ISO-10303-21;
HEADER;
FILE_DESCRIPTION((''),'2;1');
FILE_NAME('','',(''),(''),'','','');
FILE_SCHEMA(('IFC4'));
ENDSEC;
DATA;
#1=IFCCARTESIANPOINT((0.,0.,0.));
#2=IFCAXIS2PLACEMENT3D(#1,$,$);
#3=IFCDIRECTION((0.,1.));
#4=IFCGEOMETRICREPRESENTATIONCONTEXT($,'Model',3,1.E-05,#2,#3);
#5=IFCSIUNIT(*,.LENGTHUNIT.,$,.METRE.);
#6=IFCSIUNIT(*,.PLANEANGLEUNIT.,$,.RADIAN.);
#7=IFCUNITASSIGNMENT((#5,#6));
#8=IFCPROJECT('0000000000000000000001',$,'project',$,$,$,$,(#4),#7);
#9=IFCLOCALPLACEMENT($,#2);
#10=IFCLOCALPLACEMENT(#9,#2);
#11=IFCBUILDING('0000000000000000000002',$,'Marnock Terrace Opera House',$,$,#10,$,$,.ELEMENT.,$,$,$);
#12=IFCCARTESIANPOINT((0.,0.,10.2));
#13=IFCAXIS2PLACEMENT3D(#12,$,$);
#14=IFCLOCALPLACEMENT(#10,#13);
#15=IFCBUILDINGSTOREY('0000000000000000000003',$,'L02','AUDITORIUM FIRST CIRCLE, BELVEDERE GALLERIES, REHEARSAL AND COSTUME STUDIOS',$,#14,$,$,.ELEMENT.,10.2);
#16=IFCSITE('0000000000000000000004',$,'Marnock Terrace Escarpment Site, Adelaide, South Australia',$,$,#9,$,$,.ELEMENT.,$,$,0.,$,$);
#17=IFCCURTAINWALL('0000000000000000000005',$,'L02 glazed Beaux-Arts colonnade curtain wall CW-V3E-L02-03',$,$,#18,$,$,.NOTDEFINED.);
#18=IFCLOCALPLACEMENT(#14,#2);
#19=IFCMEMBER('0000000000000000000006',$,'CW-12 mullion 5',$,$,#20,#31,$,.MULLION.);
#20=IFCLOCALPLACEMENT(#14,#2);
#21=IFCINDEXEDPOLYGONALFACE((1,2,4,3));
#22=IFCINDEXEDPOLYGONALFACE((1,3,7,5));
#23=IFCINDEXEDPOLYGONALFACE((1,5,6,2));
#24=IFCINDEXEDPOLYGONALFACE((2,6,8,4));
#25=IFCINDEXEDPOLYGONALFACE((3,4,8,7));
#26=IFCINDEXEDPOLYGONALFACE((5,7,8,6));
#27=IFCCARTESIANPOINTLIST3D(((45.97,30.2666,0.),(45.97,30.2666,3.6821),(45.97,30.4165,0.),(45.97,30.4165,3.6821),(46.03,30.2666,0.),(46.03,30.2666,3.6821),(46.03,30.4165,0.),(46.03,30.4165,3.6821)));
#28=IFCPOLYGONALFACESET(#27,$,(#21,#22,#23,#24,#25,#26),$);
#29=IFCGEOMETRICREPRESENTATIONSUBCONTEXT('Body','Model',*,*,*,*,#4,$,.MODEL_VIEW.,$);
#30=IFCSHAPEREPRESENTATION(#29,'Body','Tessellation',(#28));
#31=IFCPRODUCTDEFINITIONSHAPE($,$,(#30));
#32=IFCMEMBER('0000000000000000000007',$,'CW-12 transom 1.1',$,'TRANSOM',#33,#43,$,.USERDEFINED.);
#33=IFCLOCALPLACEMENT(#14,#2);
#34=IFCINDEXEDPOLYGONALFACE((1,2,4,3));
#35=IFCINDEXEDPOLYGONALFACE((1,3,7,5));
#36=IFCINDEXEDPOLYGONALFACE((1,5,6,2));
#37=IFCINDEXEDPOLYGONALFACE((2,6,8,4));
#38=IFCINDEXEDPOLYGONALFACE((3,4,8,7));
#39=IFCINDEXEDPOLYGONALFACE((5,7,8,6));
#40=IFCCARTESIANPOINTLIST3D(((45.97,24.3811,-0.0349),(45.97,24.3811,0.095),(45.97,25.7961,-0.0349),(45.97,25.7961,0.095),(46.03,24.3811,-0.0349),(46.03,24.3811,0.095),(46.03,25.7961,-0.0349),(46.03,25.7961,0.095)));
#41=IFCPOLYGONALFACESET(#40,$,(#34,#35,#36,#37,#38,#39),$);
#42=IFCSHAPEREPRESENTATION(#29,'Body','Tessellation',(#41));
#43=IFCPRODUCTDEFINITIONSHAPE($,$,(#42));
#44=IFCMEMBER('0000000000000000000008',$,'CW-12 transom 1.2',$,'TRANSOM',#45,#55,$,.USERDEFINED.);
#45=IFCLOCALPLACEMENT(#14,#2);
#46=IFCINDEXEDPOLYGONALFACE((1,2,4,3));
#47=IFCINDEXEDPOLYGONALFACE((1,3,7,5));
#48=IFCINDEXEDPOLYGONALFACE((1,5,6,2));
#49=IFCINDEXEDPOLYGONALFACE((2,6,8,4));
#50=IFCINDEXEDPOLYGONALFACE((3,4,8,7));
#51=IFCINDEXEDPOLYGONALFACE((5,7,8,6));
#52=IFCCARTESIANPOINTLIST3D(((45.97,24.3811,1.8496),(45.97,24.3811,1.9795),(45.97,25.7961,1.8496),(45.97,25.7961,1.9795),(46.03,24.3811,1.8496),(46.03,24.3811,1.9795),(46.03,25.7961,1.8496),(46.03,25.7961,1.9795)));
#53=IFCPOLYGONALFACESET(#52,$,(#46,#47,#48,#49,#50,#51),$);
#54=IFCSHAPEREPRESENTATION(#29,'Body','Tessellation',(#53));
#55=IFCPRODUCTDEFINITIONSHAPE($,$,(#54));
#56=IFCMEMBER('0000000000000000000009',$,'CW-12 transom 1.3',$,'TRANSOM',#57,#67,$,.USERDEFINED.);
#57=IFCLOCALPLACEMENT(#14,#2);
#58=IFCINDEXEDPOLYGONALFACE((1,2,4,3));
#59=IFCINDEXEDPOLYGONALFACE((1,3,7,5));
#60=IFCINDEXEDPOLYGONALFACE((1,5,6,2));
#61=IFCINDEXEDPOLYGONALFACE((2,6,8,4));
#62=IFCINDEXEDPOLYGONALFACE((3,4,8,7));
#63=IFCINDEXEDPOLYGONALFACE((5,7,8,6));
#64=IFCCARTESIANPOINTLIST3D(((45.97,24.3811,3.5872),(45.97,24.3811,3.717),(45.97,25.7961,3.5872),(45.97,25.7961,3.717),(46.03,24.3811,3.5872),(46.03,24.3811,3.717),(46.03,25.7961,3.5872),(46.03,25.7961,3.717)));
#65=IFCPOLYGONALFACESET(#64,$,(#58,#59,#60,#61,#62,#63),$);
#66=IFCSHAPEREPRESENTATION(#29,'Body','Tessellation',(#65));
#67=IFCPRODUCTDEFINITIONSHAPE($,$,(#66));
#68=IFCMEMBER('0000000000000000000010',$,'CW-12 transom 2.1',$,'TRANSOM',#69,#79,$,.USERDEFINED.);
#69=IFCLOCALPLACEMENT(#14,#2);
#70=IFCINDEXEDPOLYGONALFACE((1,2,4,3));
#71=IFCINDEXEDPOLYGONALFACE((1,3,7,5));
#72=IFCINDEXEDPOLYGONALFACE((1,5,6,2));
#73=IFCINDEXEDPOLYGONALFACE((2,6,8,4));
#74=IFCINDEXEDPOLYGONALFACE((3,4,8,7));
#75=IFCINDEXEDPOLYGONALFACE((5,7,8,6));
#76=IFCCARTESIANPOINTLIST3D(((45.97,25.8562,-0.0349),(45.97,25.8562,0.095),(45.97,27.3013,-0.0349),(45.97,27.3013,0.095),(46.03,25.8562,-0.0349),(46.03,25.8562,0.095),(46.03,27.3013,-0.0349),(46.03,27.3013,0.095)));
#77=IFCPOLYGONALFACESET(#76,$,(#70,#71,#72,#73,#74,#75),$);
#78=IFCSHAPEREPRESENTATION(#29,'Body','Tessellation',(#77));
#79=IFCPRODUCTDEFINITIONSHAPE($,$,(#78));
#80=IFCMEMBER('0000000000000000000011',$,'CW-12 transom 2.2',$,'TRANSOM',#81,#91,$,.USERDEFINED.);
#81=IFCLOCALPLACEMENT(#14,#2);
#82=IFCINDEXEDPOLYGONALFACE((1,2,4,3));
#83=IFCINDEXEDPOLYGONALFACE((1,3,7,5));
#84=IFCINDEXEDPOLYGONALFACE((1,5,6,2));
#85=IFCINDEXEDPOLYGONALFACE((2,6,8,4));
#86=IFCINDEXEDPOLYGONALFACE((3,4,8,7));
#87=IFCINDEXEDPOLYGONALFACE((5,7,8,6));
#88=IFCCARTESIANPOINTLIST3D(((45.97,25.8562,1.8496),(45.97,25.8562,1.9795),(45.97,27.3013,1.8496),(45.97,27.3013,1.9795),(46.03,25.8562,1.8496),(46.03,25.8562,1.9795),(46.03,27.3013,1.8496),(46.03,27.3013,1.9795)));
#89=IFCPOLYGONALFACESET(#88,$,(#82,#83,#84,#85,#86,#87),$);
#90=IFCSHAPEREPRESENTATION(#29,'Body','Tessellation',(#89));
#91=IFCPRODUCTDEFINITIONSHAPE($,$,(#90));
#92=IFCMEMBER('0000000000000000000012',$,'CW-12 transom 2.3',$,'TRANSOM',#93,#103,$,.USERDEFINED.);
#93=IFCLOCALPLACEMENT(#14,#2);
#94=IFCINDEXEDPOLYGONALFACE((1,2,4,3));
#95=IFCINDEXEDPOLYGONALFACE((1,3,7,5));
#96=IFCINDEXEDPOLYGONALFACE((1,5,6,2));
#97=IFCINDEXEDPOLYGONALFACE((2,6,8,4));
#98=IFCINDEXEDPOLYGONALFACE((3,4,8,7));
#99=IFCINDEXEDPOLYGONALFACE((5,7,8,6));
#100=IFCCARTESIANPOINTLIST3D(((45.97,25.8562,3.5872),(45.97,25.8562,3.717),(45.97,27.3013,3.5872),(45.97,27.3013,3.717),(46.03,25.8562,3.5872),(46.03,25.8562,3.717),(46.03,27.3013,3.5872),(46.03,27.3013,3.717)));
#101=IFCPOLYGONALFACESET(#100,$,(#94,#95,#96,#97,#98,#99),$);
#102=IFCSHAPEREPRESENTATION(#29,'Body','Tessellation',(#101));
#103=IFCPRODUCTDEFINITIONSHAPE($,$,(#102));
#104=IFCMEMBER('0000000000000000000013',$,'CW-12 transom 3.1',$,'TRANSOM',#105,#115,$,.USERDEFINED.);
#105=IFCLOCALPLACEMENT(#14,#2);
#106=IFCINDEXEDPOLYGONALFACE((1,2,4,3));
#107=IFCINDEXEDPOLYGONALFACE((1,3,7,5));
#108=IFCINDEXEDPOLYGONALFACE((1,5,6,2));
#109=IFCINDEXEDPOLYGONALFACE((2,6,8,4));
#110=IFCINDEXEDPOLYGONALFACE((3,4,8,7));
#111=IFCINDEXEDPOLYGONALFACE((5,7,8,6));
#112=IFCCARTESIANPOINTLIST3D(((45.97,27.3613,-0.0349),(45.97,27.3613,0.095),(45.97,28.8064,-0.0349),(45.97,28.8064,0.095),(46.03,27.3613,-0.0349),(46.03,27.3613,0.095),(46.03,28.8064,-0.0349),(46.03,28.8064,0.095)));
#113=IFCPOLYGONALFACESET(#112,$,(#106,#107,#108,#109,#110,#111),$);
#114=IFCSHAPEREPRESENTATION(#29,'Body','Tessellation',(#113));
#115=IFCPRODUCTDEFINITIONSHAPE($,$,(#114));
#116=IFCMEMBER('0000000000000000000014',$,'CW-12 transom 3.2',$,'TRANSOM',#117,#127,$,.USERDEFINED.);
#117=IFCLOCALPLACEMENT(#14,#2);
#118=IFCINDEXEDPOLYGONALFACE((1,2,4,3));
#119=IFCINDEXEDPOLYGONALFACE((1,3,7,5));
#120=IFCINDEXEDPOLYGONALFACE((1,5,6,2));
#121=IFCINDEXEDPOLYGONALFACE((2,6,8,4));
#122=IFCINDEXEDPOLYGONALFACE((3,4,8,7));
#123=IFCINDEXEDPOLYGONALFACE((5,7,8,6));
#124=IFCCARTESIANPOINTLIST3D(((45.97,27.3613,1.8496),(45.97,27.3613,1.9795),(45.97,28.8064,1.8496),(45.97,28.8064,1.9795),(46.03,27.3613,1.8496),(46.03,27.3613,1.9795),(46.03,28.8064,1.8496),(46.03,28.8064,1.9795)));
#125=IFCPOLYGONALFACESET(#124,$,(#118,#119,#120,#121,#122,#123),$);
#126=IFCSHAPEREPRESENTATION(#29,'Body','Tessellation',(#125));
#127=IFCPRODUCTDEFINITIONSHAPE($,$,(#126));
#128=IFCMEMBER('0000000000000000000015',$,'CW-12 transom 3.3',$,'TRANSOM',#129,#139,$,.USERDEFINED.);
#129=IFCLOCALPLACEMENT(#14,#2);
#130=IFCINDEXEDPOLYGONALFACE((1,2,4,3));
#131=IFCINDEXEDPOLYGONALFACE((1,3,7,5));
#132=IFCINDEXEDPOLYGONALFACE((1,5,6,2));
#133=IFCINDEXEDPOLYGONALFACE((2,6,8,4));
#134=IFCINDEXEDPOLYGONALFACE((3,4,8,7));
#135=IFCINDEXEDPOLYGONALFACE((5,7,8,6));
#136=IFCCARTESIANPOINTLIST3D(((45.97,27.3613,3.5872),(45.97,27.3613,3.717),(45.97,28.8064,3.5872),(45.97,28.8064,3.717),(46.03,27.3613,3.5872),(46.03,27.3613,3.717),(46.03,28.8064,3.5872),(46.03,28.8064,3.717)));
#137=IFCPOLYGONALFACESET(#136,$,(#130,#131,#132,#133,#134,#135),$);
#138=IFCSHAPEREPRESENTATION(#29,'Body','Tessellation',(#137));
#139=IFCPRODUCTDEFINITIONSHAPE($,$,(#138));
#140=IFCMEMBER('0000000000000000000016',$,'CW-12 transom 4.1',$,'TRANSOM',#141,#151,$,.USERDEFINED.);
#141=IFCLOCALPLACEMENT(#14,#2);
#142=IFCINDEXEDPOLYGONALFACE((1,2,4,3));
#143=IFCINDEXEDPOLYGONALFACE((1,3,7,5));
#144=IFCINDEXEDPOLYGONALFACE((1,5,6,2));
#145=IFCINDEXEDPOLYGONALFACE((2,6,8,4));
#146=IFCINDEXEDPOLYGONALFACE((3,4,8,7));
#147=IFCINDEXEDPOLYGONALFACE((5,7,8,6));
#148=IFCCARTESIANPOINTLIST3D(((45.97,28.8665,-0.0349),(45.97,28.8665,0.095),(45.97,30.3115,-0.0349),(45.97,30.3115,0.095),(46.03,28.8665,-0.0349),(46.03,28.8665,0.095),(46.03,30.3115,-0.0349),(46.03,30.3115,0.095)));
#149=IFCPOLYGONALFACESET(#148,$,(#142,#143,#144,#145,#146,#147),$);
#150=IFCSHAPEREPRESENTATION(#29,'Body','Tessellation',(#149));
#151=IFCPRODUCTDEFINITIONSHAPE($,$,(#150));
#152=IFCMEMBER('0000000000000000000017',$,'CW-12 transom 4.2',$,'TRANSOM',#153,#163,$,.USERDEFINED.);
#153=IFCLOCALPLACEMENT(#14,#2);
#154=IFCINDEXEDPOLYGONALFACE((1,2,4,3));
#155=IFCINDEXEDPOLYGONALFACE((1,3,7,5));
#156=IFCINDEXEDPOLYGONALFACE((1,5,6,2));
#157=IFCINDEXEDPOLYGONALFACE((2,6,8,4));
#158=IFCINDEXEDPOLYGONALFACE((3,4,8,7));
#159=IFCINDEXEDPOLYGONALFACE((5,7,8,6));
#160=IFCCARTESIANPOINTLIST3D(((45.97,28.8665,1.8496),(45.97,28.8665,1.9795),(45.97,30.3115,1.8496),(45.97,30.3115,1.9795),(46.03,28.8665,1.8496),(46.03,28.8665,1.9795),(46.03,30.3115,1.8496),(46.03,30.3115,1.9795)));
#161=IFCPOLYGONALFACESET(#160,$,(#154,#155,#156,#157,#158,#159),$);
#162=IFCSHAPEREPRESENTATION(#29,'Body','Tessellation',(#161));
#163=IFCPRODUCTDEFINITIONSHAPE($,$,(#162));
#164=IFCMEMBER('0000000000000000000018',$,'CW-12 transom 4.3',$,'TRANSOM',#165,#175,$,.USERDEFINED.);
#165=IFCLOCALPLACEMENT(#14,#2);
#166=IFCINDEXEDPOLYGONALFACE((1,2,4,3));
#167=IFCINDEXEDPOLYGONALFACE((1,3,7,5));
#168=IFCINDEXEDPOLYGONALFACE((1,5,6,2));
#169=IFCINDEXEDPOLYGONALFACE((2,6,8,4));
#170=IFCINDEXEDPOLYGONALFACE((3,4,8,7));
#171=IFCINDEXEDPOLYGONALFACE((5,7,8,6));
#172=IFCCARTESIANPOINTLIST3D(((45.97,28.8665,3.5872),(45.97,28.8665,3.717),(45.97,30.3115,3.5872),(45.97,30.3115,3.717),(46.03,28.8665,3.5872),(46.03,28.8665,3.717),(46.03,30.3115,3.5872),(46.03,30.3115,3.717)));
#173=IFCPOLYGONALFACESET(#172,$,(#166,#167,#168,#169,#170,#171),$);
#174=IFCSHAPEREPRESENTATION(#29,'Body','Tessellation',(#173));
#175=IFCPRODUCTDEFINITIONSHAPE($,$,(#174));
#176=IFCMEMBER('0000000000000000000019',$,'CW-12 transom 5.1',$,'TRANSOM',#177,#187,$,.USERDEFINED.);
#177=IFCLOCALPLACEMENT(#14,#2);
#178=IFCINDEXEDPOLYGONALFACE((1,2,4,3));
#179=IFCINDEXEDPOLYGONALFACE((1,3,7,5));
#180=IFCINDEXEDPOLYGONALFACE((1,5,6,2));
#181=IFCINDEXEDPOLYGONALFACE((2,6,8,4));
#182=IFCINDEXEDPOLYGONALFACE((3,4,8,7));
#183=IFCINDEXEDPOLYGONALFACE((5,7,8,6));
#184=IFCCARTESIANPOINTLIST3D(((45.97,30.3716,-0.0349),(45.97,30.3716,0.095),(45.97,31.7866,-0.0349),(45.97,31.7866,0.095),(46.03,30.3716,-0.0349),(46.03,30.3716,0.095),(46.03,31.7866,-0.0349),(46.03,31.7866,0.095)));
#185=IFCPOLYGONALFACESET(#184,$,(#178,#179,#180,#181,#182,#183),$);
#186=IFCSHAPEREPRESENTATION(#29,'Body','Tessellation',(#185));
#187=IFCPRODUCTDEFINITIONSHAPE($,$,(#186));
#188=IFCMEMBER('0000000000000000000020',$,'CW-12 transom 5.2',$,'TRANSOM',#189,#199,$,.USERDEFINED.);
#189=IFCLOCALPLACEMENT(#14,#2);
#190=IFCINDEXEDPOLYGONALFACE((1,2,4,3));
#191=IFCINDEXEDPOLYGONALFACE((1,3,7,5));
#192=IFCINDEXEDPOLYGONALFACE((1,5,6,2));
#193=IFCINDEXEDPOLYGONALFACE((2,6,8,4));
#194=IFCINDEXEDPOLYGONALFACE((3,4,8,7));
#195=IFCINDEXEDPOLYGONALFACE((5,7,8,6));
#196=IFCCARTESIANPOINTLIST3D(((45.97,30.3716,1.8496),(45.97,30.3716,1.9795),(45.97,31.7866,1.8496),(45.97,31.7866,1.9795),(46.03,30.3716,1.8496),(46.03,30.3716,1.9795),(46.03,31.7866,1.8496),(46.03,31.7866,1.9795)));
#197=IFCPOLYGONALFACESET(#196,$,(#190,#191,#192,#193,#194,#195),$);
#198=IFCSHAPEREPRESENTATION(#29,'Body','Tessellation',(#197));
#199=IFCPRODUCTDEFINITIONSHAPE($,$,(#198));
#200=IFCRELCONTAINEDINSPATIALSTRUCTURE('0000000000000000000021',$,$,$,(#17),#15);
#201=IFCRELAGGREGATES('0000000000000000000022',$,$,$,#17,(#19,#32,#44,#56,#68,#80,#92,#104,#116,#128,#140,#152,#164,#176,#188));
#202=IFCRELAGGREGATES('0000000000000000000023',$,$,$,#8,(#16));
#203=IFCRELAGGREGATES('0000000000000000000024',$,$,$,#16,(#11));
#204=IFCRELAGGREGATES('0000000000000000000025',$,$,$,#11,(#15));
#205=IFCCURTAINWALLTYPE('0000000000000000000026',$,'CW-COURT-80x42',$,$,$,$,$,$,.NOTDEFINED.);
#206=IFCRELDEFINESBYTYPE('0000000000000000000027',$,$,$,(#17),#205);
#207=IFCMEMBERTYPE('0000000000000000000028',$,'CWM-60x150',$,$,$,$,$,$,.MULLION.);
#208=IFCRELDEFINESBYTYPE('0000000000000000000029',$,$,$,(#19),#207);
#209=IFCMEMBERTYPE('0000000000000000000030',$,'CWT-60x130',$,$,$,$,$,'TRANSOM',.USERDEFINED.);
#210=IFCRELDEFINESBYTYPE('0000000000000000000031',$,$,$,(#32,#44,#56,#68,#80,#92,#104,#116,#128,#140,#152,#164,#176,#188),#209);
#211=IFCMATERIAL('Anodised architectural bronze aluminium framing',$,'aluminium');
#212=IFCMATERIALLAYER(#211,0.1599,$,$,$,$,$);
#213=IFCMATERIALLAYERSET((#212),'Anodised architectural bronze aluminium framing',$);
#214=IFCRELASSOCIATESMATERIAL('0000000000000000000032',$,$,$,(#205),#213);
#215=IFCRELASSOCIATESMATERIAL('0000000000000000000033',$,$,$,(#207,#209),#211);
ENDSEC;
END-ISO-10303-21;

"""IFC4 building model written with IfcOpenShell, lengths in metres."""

from ifc_helpers import new_model, si_unit, direction, frame, origin, origin_2d, place, context, subcontext, project, spatial, rectangle, extrude, material, layer, layer_set, material_profile, profile_set, type_object, element, aggregate, save


model = new_model("IFC4")

# Units and contexts
model_context = context("Model", 3, precision=1e-05, world=origin(), true_north=direction((0.0, 1.0)))
body_context = subcontext(model_context, "Body", "Model", "MODEL_VIEW")
ifc_project = project(units=[si_unit("LENGTHUNIT", "METRE"), si_unit("PLANEANGLEUNIT", "RADIAN")], contexts=[model_context])

# Site, building, storey
site_placement = place(None, origin())
site = spatial("IfcSite", under=ifc_project, at=site_placement, Name="Marnock Terrace Escarpment Site, Adelaide, South Australia", CompositionType="ELEMENT", RefElevation=0.0)
building_placement = place(site_placement, origin())
building = spatial("IfcBuilding", under=site, at=building_placement, Name="Marnock Terrace Opera House", CompositionType="ELEMENT")
storey_placement = place(building_placement, frame((0.0, 0.0, 10.2)))
storey = spatial("IfcBuildingStorey", under=building, at=storey_placement, Name="L02", Description="AUDITORIUM FIRST CIRCLE, BELVEDERE GALLERIES, REHEARSAL AND COSTUME STUDIOS", CompositionType="ELEMENT", Elevation=10.2)

# Curtain wall, members
ifc_material_1 = material(Name="Anodised architectural bronze aluminium framing", Category="aluminium")
ifc_layer_1 = layer(ifc_material_1, 0.1599)
ifc_layer_set_1 = layer_set([ifc_layer_1], Name="Anodised architectural bronze aluminium framing")
curtain_wall_type = type_object("IfcCurtainWallType", Name="CW-COURT-80x42", PredefinedType="NOTDEFINED", material=ifc_layer_set_1)
curtain_wall_placement = place(storey_placement, origin())
curtain_wall = element("IfcCurtainWall", 1, at=curtain_wall_placement, inside=storey, type_object=curtain_wall_type, Name="L02 glazed Beaux-Arts colonnade curtain wall CW-V3E-L02-03", PredefinedType="NOTDEFINED")
ifc_material_profile_1 = material_profile(ifc_material_1, rectangle(XDim=0.0601, YDim=0.1499, at=origin_2d()))
ifc_profile_set_1 = profile_set([ifc_material_profile_1], Name="Anodised architectural bronze aluminium framing")
member_type_1 = type_object("IfcMemberType", Name="CWM-60x150", PredefinedType="MULLION", material=ifc_profile_set_1)
member_1_placement = place(storey_placement, frame((46.0, 30.3416, 0.0), z_axis=(0.0, 0.0, 1.0), x_axis=(-1.0, 0.0, 0.0)))
member_1 = element("IfcMember", 2, at=member_1_placement, type_object=member_type_1, Name="CW-12 mullion 5", PredefinedType="MULLION", context=body_context, shape_type="SweptSolid", body=[
    extrude(rectangle(XDim=0.0601, YDim=0.1499, at=origin_2d()), origin(), (0.0, 0.0, 1.0), 3.6821),
])
ifc_material_profile_2 = material_profile(ifc_material_1, rectangle(XDim=0.0601, YDim=0.1299, at=origin_2d()))
ifc_profile_set_2 = profile_set([ifc_material_profile_2], Name="Anodised architectural bronze aluminium framing")
member_type_2 = type_object("IfcMemberType", Name="CWT-60x130", ElementType="TRANSOM", PredefinedType="USERDEFINED", material=ifc_profile_set_2)
member_2_placement = place(storey_placement, frame((46.0, 24.3811, 0.03), z_axis=(0.0, 1.0, 0.0), x_axis=(-1.0, 0.0, 0.0)))
member_2 = element("IfcMember", 3, at=member_2_placement, type_object=member_type_2, Name="CW-12 transom 1.1", ObjectType="TRANSOM", PredefinedType="USERDEFINED", context=body_context, shape_type="SweptSolid", body=[
    extrude(rectangle(XDim=0.0601, YDim=0.1299, at=origin_2d()), origin(), (0.0, 0.0, 1.0), 1.415),
])
member_3_placement = place(storey_placement, frame((46.0, 24.3811, 1.9146), z_axis=(0.0, 1.0, 0.0), x_axis=(-1.0, 0.0, 0.0)))
member_3 = element("IfcMember", 4, at=member_3_placement, type_object=member_type_2, Name="CW-12 transom 1.2", ObjectType="TRANSOM", PredefinedType="USERDEFINED", context=body_context, shape_type="SweptSolid", body=[
    extrude(rectangle(XDim=0.0601, YDim=0.1299, at=origin_2d()), origin(), (0.0, 0.0, 1.0), 1.415),
])
member_4_placement = place(storey_placement, frame((46.0, 24.3811, 3.6521), z_axis=(0.0, 1.0, 0.0), x_axis=(-1.0, 0.0, 0.0)))
member_4 = element("IfcMember", 5, at=member_4_placement, type_object=member_type_2, Name="CW-12 transom 1.3", ObjectType="TRANSOM", PredefinedType="USERDEFINED", context=body_context, shape_type="SweptSolid", body=[
    extrude(rectangle(XDim=0.0601, YDim=0.1299, at=origin_2d()), origin(), (0.0, 0.0, 1.0), 1.415),
])
member_5_placement = place(storey_placement, frame((46.0, 25.8562, 0.03), z_axis=(0.0, 1.0, 0.0), x_axis=(-1.0, 0.0, 0.0)))
member_5 = element("IfcMember", 6, at=member_5_placement, type_object=member_type_2, Name="CW-12 transom 2.1", ObjectType="TRANSOM", PredefinedType="USERDEFINED", context=body_context, shape_type="SweptSolid", body=[
    extrude(rectangle(XDim=0.0601, YDim=0.1299, at=origin_2d()), origin(), (0.0, 0.0, 1.0), 1.4451),
])
member_6_placement = place(storey_placement, frame((46.0, 25.8562, 1.9146), z_axis=(0.0, 1.0, 0.0), x_axis=(-1.0, 0.0, 0.0)))
member_6 = element("IfcMember", 7, at=member_6_placement, type_object=member_type_2, Name="CW-12 transom 2.2", ObjectType="TRANSOM", PredefinedType="USERDEFINED", context=body_context, shape_type="SweptSolid", body=[
    extrude(rectangle(XDim=0.0601, YDim=0.1299, at=origin_2d()), origin(), (0.0, 0.0, 1.0), 1.4451),
])
member_7_placement = place(storey_placement, frame((46.0, 25.8562, 3.6521), z_axis=(0.0, 1.0, 0.0), x_axis=(-1.0, 0.0, 0.0)))
member_7 = element("IfcMember", 8, at=member_7_placement, type_object=member_type_2, Name="CW-12 transom 2.3", ObjectType="TRANSOM", PredefinedType="USERDEFINED", context=body_context, shape_type="SweptSolid", body=[
    extrude(rectangle(XDim=0.0601, YDim=0.1299, at=origin_2d()), origin(), (0.0, 0.0, 1.0), 1.4451),
])
member_8_placement = place(storey_placement, frame((46.0, 27.3613, 0.03), z_axis=(0.0, 1.0, 0.0), x_axis=(-1.0, 0.0, 0.0)))
member_8 = element("IfcMember", 9, at=member_8_placement, type_object=member_type_2, Name="CW-12 transom 3.1", ObjectType="TRANSOM", PredefinedType="USERDEFINED", context=body_context, shape_type="SweptSolid", body=[
    extrude(rectangle(XDim=0.0601, YDim=0.1299, at=origin_2d()), origin(), (0.0, 0.0, 1.0), 1.4451),
])
member_9_placement = place(storey_placement, frame((46.0, 27.3613, 1.9146), z_axis=(0.0, 1.0, 0.0), x_axis=(-1.0, 0.0, 0.0)))
member_9 = element("IfcMember", 10, at=member_9_placement, type_object=member_type_2, Name="CW-12 transom 3.2", ObjectType="TRANSOM", PredefinedType="USERDEFINED", context=body_context, shape_type="SweptSolid", body=[
    extrude(rectangle(XDim=0.0601, YDim=0.1299, at=origin_2d()), origin(), (0.0, 0.0, 1.0), 1.4451),
])
member_10_placement = place(storey_placement, frame((46.0, 27.3613, 3.6521), z_axis=(0.0, 1.0, 0.0), x_axis=(-1.0, 0.0, 0.0)))
member_10 = element("IfcMember", 11, at=member_10_placement, type_object=member_type_2, Name="CW-12 transom 3.3", ObjectType="TRANSOM", PredefinedType="USERDEFINED", context=body_context, shape_type="SweptSolid", body=[
    extrude(rectangle(XDim=0.0601, YDim=0.1299, at=origin_2d()), origin(), (0.0, 0.0, 1.0), 1.4451),
])
member_11_placement = place(storey_placement, frame((46.0, 28.8665, 0.03), z_axis=(0.0, 1.0, 0.0), x_axis=(-1.0, 0.0, 0.0)))
member_11 = element("IfcMember", 12, at=member_11_placement, type_object=member_type_2, Name="CW-12 transom 4.1", ObjectType="TRANSOM", PredefinedType="USERDEFINED", context=body_context, shape_type="SweptSolid", body=[
    extrude(rectangle(XDim=0.0601, YDim=0.1299, at=origin_2d()), origin(), (0.0, 0.0, 1.0), 1.4451),
])
member_12_placement = place(storey_placement, frame((46.0, 28.8665, 1.9146), z_axis=(0.0, 1.0, 0.0), x_axis=(-1.0, 0.0, 0.0)))
member_12 = element("IfcMember", 13, at=member_12_placement, type_object=member_type_2, Name="CW-12 transom 4.2", ObjectType="TRANSOM", PredefinedType="USERDEFINED", context=body_context, shape_type="SweptSolid", body=[
    extrude(rectangle(XDim=0.0601, YDim=0.1299, at=origin_2d()), origin(), (0.0, 0.0, 1.0), 1.4451),
])
member_13_placement = place(storey_placement, frame((46.0, 28.8665, 3.6521), z_axis=(0.0, 1.0, 0.0), x_axis=(-1.0, 0.0, 0.0)))
member_13 = element("IfcMember", 14, at=member_13_placement, type_object=member_type_2, Name="CW-12 transom 4.3", ObjectType="TRANSOM", PredefinedType="USERDEFINED", context=body_context, shape_type="SweptSolid", body=[
    extrude(rectangle(XDim=0.0601, YDim=0.1299, at=origin_2d()), origin(), (0.0, 0.0, 1.0), 1.4451),
])
member_14_placement = place(storey_placement, frame((46.0, 30.3716, 0.03), z_axis=(0.0, 1.0, 0.0), x_axis=(-1.0, 0.0, 0.0)))
member_14 = element("IfcMember", 15, at=member_14_placement, type_object=member_type_2, Name="CW-12 transom 5.1", ObjectType="TRANSOM", PredefinedType="USERDEFINED", context=body_context, shape_type="SweptSolid", body=[
    extrude(rectangle(XDim=0.0601, YDim=0.1299, at=origin_2d()), origin(), (0.0, 0.0, 1.0), 1.415),
])
member_15_placement = place(storey_placement, frame((46.0, 30.3716, 1.9146), z_axis=(0.0, 1.0, 0.0), x_axis=(-1.0, 0.0, 0.0)))
member_15 = element("IfcMember", 16, at=member_15_placement, type_object=member_type_2, Name="CW-12 transom 5.2", ObjectType="TRANSOM", PredefinedType="USERDEFINED", context=body_context, shape_type="SweptSolid", body=[
    extrude(rectangle(XDim=0.0601, YDim=0.1299, at=origin_2d()), origin(), (0.0, 0.0, 1.0), 1.415),
])
aggregate(curtain_wall, [member_1, member_2, member_3, member_4, member_5, member_6, member_7, member_8, member_9, member_10, member_11, member_12, member_13, member_14, member_15])

save(model, "model.ifc")
